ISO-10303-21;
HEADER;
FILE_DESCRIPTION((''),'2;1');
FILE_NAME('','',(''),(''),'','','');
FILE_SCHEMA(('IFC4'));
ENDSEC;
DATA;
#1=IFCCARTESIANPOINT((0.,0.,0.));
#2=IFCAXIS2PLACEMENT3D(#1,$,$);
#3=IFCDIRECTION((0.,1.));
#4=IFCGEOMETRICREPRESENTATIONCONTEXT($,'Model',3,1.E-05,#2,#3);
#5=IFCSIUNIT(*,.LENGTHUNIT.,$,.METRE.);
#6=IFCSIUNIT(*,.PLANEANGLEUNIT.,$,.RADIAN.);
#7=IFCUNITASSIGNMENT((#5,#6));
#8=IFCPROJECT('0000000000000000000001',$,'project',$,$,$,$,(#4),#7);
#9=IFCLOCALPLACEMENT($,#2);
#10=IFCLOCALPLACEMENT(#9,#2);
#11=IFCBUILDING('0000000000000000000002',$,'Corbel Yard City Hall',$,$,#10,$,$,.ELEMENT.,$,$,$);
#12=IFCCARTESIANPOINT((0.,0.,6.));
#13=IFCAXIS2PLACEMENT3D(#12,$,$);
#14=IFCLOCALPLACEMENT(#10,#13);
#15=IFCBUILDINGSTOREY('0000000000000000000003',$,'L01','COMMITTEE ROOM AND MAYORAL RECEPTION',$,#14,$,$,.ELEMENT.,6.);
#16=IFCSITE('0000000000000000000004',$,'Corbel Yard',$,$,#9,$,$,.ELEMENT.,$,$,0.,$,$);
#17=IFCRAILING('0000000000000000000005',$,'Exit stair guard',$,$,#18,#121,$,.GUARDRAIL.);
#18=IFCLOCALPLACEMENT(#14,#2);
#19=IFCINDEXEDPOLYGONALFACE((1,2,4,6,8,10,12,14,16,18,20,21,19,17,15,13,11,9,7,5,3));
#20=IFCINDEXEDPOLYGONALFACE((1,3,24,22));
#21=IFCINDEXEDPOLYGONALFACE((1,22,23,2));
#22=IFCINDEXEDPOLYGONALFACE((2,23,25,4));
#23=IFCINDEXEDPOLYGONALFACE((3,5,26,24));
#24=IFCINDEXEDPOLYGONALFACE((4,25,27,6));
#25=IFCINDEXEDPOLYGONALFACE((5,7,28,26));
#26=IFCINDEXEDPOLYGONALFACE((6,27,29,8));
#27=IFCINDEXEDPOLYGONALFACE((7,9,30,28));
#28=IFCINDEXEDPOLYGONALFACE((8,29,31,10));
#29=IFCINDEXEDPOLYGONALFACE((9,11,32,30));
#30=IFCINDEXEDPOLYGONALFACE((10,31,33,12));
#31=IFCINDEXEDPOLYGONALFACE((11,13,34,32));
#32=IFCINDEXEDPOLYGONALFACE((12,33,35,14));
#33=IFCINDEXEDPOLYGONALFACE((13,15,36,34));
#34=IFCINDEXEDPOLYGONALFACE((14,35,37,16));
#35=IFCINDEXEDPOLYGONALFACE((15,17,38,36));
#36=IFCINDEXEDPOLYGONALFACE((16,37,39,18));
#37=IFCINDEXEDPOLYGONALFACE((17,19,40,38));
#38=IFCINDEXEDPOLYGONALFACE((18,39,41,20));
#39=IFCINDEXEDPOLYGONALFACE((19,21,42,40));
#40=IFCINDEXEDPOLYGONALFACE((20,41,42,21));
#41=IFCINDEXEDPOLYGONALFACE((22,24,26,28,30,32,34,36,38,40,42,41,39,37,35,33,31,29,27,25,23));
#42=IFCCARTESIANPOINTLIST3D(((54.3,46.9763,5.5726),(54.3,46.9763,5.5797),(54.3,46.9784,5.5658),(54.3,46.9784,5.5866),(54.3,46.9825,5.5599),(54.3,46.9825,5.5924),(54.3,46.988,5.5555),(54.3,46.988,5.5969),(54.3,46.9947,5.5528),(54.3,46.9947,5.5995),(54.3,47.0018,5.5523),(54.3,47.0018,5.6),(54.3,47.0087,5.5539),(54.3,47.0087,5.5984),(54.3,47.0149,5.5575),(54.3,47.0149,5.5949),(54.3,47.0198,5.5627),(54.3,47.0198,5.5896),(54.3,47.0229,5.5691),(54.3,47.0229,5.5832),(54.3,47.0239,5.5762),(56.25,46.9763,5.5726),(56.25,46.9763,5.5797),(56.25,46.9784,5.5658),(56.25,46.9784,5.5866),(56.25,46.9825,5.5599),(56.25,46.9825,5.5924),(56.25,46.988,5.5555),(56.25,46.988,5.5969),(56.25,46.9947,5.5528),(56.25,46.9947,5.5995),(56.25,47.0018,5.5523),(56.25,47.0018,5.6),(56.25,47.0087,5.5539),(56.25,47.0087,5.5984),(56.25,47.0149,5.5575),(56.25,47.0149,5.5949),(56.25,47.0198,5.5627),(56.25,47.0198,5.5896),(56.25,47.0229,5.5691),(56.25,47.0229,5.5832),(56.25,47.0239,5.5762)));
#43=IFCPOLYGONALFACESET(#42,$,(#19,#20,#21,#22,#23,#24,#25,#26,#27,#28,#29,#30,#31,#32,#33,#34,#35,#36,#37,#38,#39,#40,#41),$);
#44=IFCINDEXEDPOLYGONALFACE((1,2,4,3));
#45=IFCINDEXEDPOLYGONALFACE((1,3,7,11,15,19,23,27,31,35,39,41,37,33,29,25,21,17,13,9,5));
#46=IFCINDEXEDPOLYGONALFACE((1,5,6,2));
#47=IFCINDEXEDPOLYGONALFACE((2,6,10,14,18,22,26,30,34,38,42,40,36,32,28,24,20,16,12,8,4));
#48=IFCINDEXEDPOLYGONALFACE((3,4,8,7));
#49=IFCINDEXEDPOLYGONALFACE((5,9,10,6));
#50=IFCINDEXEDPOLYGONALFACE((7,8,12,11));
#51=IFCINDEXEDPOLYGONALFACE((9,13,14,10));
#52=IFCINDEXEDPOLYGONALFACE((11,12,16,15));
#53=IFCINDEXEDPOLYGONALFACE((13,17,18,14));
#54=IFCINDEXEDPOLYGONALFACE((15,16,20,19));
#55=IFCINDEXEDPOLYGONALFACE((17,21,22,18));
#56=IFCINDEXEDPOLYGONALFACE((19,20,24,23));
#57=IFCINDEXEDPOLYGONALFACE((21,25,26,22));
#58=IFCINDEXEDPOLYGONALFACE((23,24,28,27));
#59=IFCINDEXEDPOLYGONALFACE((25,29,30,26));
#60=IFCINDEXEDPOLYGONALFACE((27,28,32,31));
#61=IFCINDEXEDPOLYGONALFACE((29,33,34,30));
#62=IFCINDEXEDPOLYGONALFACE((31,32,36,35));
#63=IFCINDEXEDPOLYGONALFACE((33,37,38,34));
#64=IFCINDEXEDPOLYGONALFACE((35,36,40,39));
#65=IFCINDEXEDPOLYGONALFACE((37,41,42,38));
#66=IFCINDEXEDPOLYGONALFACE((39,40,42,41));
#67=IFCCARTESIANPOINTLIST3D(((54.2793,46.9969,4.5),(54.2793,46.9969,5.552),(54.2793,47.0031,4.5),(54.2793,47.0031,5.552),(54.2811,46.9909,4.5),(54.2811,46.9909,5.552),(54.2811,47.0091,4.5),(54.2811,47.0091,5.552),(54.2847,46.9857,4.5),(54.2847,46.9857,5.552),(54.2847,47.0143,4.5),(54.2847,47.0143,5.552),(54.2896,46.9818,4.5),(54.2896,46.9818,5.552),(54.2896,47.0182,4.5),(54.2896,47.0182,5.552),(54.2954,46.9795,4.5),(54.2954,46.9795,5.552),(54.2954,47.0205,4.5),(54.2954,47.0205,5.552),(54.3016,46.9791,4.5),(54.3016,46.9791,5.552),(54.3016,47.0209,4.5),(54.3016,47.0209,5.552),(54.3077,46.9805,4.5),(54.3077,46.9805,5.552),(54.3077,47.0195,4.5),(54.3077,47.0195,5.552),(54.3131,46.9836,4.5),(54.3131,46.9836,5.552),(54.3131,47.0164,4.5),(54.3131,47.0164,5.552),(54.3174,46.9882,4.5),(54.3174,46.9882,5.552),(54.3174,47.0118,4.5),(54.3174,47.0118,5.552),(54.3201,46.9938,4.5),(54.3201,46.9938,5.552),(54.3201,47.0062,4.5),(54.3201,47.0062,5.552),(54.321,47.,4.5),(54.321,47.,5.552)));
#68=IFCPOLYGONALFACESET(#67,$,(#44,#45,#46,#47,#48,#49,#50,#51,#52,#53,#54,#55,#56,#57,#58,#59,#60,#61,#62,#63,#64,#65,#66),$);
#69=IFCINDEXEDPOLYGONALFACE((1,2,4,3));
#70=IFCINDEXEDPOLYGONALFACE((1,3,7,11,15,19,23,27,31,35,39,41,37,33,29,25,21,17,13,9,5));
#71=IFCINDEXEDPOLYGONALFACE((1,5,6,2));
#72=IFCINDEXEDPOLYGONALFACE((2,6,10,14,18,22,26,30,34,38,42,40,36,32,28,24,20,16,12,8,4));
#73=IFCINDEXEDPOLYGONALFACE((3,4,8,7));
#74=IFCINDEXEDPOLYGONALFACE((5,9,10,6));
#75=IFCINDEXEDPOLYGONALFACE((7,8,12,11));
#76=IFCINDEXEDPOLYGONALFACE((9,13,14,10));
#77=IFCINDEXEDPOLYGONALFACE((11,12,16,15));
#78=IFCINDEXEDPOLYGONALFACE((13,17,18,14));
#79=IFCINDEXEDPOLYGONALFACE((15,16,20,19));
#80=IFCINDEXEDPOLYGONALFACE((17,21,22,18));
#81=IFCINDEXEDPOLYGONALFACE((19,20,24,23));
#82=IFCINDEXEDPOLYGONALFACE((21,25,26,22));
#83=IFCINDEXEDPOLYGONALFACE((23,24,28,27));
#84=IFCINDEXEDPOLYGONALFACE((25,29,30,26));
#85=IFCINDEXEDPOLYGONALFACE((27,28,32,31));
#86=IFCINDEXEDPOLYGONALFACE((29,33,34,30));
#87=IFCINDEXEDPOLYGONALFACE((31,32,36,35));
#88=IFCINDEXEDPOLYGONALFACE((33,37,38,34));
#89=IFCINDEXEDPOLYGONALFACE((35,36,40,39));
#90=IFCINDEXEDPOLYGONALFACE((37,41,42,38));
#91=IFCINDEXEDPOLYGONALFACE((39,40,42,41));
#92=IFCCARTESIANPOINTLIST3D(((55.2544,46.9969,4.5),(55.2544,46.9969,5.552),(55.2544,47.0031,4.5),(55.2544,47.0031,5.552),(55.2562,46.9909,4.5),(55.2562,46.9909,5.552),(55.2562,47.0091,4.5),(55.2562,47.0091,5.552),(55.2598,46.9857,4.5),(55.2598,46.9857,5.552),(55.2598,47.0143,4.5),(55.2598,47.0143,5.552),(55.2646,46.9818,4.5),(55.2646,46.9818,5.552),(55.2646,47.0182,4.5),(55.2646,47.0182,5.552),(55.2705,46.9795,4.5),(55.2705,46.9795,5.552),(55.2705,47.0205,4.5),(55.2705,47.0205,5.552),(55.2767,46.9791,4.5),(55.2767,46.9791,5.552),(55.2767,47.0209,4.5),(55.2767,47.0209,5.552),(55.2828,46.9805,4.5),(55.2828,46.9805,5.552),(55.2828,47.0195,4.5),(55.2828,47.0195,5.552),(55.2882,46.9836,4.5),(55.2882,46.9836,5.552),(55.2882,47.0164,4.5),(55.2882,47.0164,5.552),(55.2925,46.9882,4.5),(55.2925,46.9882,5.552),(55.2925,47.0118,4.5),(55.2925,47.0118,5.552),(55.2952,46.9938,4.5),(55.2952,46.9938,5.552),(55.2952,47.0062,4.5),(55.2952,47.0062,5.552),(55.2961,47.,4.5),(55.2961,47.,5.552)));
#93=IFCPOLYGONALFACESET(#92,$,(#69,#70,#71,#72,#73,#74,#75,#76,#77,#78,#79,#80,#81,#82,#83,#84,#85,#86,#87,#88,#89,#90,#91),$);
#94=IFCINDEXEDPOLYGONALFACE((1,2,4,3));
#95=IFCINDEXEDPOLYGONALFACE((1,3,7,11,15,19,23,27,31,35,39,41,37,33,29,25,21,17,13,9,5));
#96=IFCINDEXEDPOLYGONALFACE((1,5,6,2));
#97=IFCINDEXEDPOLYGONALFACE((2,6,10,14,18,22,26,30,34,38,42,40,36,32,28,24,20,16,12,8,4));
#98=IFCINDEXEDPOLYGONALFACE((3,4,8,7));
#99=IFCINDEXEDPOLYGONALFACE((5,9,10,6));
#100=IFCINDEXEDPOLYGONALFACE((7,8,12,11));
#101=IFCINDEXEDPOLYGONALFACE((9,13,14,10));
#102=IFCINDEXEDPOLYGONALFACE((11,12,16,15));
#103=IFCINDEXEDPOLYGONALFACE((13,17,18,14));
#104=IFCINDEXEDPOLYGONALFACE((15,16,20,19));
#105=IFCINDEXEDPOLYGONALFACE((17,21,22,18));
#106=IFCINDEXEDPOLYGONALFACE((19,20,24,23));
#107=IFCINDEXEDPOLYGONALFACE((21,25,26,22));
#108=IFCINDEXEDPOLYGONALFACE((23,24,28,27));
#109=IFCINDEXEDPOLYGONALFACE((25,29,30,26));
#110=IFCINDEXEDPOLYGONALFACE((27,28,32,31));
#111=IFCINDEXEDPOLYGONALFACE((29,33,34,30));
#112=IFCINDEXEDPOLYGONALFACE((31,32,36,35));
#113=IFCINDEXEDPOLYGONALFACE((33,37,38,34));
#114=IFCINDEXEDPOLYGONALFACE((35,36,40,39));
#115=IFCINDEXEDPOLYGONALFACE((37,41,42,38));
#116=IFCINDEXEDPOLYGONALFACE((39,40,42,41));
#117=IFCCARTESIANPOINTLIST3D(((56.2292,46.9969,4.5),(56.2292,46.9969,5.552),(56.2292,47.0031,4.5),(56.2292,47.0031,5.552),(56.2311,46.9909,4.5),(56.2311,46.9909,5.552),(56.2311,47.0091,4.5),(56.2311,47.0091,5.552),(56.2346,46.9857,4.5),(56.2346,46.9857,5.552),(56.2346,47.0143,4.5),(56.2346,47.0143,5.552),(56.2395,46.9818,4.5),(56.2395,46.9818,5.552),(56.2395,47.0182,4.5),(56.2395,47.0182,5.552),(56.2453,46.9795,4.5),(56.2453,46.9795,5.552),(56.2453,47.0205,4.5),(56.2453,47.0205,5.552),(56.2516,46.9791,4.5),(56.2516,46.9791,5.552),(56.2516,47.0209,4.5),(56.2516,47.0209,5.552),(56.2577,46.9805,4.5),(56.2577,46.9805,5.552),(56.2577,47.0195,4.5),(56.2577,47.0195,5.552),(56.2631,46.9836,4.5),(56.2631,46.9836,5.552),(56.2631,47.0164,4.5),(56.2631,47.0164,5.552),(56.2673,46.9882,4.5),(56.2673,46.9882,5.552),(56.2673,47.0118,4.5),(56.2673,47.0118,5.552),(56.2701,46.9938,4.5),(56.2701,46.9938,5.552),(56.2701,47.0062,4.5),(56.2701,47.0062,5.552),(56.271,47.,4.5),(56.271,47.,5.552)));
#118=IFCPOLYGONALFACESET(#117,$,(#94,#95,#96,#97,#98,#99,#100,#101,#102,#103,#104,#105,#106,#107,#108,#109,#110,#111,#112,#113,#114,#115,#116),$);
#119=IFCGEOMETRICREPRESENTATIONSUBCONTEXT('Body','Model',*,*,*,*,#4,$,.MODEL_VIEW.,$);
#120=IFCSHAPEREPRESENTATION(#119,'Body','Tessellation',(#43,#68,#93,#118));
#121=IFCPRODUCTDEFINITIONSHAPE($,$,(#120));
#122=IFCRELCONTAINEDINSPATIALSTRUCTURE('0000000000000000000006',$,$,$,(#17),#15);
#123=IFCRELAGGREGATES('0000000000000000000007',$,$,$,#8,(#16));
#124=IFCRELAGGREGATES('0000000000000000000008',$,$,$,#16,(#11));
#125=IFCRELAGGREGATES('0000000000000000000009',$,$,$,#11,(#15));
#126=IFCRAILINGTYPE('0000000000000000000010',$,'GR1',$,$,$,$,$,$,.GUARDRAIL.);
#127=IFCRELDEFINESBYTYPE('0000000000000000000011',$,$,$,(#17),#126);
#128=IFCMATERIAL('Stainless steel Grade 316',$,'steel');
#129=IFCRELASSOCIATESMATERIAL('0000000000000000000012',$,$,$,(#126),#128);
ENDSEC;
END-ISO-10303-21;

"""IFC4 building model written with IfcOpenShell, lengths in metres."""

from ifc_helpers import new_model, si_unit, direction, frame, origin, origin_2d, place, context, subcontext, project, spatial, circle, extrude, material, type_object, element, save


model = new_model("IFC4")

# Units and contexts
model_context = context("Model", 3, precision=1e-05, world=origin(), true_north=direction((0.0, 1.0)))
body_context = subcontext(model_context, "Body", "Model", "MODEL_VIEW")
ifc_project = project(units=[si_unit("LENGTHUNIT", "METRE"), si_unit("PLANEANGLEUNIT", "RADIAN")], contexts=[model_context])

# Site, building, storey
site_placement = place(None, origin())
site = spatial("IfcSite", under=ifc_project, at=site_placement, Name="Corbel Yard", CompositionType="ELEMENT", RefElevation=0.0)
building_placement = place(site_placement, origin())
building = spatial("IfcBuilding", under=site, at=building_placement, Name="Corbel Yard City Hall", CompositionType="ELEMENT")
storey_placement = place(building_placement, frame((0.0, 0.0, 6.0)))
storey = spatial("IfcBuildingStorey", under=building, at=storey_placement, Name="L01", Description="COMMITTEE ROOM AND MAYORAL RECEPTION", CompositionType="ELEMENT", Elevation=6.0)

# Railing
ifc_material_1 = material(Name="Stainless steel Grade 316", Category="steel")
railing_type_1 = type_object("IfcRailingType", Name="GR1", PredefinedType="GUARDRAIL", material=ifc_material_1)
railing_1_placement = place(storey_placement, frame((54.3, 47.0, 4.5)))
element("IfcRailing", 1, at=railing_1_placement, inside=storey, type_object=railing_type_1, Name="Exit stair guard", PredefinedType="GUARDRAIL", context=body_context, shape_type="SweptSolid", body=[
    extrude(circle(Radius=0.0239, at=origin_2d()), frame((0.0, 0.0, 1.0762), z_axis=(1.0, 0.0, 0.0), x_axis=(0.0, 1.0, 0.0)), (0.0, 0.0, 1.0), 1.95),
    extrude(circle(Radius=0.021, at=origin_2d()), origin(), (0.0, 0.0, 1.0), 1.052),
    extrude(circle(Radius=0.021, at=origin_2d()), frame((0.9751, 0.0, 0.0)), (0.0, 0.0, 1.0), 1.052),
    extrude(circle(Radius=0.021, at=origin_2d()), frame((1.95, 0.0, 0.0)), (0.0, 0.0, 1.0), 1.052),
])

save(model, "model.ifc")
